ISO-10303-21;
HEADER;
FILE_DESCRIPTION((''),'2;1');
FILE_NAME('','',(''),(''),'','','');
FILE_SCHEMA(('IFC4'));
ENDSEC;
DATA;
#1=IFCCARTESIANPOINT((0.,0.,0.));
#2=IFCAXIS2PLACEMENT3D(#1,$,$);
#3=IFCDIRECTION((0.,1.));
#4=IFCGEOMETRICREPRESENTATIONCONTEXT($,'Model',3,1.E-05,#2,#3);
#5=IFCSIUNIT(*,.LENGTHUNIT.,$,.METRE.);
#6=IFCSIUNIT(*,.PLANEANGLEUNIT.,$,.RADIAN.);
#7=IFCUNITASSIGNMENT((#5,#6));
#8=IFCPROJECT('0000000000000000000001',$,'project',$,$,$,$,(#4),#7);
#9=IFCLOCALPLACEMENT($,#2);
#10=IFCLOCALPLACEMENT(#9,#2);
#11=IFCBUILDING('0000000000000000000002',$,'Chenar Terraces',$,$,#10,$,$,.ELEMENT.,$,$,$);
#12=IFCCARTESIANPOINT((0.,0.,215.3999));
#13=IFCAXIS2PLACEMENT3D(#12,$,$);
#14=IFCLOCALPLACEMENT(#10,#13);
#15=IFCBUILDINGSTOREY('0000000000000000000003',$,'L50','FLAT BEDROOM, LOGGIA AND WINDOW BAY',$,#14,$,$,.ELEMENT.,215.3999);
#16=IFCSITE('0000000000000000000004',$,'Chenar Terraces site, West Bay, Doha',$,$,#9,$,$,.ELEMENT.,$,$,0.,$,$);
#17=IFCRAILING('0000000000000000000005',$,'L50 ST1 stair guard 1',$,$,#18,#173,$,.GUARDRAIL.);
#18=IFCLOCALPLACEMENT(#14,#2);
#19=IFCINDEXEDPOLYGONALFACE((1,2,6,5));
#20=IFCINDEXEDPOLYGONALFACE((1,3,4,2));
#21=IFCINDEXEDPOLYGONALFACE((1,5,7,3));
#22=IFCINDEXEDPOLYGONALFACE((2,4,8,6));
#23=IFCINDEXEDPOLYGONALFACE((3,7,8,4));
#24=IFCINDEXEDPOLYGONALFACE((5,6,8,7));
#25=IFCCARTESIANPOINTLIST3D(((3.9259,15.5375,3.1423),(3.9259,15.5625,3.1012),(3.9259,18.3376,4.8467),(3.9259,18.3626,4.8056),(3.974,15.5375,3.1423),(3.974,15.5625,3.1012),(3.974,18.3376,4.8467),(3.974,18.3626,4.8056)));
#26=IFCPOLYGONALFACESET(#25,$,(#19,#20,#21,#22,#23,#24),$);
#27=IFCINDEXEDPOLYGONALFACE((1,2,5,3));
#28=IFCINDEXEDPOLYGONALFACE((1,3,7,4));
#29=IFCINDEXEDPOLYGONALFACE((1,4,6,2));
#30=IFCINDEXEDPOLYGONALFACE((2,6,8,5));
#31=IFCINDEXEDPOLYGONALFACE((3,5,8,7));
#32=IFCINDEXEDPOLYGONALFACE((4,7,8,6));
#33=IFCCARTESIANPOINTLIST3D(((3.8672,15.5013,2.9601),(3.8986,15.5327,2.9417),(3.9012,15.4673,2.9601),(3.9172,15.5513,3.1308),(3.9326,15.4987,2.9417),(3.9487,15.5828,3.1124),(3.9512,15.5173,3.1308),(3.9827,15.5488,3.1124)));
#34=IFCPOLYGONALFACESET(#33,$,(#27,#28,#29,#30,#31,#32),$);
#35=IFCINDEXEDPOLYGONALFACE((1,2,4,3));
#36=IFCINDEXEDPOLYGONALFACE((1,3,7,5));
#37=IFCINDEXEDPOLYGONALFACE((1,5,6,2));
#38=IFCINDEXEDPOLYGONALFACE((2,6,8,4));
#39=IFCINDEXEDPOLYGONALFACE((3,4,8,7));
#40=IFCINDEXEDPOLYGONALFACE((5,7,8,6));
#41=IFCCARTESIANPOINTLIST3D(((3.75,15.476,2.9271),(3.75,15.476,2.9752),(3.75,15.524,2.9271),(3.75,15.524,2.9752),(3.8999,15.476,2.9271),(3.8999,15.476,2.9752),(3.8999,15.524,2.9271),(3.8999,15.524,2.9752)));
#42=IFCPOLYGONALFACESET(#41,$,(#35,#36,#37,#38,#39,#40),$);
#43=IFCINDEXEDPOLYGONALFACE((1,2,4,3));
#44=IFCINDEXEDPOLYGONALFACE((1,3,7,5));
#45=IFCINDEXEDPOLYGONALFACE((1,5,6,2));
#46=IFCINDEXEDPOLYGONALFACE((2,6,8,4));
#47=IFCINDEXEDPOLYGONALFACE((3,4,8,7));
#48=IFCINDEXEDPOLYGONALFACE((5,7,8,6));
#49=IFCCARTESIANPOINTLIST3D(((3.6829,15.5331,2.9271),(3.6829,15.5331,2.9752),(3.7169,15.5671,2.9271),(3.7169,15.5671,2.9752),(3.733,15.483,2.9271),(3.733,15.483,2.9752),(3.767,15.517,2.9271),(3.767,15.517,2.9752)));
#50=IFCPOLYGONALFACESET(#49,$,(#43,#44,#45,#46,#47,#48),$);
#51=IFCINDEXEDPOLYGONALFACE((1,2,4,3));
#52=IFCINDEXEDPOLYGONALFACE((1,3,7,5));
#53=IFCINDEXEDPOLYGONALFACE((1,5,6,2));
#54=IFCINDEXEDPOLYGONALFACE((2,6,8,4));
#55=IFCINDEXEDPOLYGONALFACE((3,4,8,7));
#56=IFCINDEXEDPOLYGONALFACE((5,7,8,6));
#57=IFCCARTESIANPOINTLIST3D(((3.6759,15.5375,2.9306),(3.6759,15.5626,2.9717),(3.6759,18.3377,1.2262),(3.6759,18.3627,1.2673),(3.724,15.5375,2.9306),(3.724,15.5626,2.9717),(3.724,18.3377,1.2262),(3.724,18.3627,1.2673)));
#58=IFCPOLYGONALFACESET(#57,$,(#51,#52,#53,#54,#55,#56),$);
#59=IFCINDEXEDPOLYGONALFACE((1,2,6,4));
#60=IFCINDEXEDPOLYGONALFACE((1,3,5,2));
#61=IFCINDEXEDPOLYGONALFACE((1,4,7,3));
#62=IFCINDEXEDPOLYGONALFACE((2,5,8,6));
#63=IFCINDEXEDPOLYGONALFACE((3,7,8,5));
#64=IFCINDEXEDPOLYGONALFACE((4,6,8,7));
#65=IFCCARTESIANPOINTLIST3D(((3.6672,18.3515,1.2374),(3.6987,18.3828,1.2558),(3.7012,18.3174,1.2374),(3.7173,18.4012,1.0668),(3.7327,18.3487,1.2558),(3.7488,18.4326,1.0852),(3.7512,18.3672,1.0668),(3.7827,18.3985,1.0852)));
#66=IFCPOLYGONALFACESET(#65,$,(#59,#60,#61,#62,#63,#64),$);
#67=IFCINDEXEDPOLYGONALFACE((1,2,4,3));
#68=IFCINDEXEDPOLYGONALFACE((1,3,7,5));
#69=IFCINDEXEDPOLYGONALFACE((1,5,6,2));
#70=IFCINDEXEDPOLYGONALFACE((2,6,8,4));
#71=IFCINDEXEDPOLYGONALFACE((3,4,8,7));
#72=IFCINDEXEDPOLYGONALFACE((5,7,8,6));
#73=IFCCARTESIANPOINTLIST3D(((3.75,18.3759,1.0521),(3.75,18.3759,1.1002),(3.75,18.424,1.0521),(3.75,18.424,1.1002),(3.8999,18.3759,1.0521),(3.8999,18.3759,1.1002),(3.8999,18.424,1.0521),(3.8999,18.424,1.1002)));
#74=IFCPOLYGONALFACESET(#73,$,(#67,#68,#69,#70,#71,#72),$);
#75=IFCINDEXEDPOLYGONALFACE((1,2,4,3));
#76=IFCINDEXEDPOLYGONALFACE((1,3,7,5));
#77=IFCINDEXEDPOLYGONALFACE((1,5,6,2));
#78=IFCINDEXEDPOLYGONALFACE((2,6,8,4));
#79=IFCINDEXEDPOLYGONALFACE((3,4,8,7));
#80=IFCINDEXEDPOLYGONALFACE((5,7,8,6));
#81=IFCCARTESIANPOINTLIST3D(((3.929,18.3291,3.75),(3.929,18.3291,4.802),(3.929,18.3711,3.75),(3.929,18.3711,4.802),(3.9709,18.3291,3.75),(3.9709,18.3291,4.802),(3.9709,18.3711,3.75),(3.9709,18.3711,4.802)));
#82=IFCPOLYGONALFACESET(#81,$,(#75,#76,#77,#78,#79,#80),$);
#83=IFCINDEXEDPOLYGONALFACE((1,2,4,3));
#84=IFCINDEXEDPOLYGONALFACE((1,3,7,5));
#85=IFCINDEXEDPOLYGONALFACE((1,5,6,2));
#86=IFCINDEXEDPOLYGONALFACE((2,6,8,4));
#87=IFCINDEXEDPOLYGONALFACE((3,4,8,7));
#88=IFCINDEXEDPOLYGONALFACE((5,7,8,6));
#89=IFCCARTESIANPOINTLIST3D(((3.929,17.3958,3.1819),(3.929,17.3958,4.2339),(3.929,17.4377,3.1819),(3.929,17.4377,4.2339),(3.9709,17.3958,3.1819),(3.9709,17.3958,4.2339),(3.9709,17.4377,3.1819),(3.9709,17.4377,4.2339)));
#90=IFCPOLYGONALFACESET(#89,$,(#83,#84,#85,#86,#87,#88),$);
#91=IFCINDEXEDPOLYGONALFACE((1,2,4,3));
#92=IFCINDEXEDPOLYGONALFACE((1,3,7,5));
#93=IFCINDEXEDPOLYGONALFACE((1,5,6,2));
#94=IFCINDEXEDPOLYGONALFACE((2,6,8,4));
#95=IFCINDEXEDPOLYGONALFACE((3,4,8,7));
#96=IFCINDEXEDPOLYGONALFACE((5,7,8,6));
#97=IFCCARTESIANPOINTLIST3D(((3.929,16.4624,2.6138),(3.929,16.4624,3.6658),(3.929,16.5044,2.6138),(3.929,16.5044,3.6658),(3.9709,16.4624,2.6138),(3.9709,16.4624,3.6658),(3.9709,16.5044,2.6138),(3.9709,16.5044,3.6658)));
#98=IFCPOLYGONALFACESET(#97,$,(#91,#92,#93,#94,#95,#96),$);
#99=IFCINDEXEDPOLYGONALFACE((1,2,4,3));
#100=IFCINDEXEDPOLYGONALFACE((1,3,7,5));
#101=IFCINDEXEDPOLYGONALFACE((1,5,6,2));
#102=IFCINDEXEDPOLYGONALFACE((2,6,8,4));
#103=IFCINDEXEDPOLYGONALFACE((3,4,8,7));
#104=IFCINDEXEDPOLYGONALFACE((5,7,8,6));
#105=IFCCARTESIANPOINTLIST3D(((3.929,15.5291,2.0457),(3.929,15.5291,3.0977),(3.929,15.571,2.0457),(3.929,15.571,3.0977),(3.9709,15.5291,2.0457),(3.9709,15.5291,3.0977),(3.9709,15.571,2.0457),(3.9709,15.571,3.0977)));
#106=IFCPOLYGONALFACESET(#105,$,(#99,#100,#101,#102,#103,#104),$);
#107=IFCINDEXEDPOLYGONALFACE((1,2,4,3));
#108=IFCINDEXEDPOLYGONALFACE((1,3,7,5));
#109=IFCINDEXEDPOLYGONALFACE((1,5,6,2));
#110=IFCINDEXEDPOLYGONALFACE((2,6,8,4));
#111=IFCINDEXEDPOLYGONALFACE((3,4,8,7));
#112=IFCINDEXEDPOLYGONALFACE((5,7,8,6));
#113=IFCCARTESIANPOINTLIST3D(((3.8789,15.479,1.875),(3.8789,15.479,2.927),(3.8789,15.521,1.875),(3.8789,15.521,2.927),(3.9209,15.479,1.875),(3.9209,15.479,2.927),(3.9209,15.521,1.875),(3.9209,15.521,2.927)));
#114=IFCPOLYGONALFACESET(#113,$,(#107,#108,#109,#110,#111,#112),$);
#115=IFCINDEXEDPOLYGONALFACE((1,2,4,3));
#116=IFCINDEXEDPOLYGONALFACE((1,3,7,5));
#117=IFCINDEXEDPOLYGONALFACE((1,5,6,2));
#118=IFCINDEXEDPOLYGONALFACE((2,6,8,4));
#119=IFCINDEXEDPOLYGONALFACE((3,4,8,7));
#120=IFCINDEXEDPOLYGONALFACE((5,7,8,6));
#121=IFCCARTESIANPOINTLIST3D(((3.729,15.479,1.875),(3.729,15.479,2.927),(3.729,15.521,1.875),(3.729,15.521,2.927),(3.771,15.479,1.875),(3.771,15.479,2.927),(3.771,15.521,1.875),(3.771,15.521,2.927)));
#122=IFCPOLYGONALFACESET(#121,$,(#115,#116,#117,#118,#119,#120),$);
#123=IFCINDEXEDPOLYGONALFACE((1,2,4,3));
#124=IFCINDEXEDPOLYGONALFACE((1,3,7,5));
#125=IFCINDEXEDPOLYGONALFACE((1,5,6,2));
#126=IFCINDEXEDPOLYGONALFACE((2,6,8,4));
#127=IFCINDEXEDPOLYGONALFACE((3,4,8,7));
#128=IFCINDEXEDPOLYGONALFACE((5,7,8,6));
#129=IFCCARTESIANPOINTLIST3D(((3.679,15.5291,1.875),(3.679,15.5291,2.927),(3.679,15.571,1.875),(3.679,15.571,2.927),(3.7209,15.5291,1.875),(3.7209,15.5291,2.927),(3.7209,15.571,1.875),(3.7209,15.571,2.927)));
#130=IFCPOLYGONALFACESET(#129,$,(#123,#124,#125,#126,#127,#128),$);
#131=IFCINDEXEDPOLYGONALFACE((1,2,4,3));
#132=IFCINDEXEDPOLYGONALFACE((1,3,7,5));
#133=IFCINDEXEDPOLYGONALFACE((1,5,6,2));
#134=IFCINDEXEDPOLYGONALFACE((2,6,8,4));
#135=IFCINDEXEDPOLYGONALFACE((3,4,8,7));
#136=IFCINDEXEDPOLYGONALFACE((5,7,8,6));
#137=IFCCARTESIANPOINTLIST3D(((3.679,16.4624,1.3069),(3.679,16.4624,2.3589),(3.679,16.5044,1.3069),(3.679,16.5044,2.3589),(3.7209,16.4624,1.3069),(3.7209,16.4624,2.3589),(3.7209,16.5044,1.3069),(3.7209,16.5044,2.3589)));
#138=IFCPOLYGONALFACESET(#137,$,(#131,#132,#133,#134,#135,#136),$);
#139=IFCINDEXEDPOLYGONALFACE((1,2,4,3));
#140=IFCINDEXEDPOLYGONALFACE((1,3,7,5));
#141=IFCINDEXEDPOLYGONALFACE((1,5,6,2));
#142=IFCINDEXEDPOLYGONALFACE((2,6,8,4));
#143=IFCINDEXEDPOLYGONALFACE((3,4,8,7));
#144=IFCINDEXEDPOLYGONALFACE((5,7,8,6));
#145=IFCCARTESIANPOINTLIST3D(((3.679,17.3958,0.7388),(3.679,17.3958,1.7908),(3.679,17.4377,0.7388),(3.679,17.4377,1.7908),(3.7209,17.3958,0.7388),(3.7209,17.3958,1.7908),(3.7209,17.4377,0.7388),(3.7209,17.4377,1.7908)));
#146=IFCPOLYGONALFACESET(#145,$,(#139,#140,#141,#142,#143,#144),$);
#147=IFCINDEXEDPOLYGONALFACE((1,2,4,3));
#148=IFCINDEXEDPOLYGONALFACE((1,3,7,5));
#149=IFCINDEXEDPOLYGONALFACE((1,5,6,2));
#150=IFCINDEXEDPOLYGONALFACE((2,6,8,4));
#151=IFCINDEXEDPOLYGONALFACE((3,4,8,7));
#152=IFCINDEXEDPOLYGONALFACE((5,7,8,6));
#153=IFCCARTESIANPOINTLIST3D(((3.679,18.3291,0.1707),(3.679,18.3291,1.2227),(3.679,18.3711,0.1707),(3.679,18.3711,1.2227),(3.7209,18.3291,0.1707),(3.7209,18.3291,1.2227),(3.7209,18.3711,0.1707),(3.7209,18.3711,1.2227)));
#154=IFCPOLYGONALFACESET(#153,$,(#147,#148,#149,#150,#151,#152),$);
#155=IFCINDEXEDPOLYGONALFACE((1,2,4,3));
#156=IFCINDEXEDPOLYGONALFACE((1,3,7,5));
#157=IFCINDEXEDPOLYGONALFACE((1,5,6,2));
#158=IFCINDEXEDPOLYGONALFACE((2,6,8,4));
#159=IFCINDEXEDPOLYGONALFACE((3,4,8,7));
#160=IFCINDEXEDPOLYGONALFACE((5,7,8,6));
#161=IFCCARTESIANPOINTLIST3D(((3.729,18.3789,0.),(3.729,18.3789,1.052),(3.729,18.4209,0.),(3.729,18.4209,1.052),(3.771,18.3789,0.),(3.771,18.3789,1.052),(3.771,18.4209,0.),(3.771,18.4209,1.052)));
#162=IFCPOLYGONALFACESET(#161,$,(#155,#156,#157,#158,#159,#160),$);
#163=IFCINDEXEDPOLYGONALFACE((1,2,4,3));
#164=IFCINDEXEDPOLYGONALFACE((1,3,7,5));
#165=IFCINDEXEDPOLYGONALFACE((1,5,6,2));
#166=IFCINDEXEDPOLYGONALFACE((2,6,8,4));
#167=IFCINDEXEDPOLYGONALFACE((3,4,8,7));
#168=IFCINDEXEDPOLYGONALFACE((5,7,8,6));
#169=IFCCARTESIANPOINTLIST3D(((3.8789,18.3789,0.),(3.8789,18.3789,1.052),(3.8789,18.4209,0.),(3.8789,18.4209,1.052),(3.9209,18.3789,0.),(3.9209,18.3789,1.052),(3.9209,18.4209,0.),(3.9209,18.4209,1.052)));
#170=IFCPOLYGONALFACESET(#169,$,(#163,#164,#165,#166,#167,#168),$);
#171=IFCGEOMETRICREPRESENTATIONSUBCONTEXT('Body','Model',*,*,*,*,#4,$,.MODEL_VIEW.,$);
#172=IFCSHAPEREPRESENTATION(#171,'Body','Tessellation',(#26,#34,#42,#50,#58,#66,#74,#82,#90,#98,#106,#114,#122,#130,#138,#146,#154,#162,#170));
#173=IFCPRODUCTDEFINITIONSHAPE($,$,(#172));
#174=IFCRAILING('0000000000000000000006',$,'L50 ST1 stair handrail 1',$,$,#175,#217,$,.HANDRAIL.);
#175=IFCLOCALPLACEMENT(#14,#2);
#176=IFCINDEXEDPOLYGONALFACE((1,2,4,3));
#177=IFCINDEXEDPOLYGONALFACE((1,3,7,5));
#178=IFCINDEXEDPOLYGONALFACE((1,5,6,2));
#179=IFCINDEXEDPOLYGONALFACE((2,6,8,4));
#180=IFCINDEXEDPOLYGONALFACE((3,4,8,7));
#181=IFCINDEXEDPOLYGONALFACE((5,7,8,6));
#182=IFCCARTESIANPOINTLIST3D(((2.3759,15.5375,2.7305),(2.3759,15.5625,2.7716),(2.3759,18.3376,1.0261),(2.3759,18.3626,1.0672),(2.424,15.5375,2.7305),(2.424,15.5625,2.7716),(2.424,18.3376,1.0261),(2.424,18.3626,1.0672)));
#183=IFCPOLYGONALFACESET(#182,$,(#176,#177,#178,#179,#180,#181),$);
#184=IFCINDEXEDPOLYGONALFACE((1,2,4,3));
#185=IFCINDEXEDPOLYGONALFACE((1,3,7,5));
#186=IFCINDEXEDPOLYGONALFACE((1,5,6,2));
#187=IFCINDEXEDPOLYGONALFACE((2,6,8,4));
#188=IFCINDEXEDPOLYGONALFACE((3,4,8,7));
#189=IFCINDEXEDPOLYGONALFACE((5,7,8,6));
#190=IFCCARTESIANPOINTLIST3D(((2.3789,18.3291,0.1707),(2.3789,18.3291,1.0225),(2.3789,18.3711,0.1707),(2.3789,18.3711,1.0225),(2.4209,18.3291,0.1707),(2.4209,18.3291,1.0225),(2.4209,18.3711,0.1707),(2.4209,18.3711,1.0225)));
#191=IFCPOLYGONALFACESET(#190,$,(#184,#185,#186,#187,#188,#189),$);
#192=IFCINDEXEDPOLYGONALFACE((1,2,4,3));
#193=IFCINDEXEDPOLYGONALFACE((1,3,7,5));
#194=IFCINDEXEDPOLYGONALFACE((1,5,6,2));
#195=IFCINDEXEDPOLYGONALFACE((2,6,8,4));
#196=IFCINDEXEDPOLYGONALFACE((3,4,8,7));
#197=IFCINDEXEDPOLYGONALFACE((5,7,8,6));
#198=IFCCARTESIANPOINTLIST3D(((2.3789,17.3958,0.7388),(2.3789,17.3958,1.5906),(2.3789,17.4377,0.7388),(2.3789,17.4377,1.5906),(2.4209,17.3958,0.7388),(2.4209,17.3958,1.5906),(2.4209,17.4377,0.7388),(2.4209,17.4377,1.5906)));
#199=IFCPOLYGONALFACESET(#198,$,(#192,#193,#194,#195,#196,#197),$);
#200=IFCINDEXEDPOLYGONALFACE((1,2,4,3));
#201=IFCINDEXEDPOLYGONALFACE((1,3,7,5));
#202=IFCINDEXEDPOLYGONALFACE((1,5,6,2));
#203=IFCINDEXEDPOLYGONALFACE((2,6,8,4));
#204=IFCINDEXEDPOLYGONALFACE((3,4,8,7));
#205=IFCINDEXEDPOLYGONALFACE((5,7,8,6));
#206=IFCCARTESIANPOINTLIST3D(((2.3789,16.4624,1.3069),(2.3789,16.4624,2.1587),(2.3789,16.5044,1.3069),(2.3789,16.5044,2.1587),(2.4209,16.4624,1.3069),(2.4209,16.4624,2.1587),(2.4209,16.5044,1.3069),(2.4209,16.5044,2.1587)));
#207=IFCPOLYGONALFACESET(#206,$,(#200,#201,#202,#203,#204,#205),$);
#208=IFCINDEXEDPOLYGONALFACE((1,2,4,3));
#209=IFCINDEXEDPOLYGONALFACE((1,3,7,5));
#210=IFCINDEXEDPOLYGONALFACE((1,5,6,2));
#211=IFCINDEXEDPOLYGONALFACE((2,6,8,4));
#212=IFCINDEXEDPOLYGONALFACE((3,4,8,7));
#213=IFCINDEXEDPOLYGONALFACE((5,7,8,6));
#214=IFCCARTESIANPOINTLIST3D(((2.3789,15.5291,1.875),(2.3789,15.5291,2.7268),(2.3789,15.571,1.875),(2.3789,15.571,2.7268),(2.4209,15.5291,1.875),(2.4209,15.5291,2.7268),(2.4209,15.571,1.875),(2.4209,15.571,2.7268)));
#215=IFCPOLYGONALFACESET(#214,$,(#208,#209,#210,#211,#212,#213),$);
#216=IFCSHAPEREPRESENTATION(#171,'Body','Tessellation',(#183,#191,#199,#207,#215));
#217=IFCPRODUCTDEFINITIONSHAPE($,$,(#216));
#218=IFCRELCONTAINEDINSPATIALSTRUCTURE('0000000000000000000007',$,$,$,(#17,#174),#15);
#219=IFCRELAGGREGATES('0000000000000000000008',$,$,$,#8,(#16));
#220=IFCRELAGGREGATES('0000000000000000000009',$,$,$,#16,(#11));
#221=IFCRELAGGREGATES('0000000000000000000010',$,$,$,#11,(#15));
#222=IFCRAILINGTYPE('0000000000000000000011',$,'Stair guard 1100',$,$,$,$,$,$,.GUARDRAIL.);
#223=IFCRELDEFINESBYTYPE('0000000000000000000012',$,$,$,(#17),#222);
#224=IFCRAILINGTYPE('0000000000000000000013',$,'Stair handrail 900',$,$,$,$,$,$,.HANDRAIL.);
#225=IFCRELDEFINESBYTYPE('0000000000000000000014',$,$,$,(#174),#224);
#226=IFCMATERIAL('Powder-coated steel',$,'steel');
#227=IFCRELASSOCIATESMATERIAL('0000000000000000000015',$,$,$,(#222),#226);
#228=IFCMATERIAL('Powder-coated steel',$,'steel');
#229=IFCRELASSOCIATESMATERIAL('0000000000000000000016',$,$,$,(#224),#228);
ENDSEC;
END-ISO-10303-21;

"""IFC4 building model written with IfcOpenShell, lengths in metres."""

from ifc_helpers import new_model, si_unit, direction, frame, origin, origin_2d, place, context, subcontext, project, spatial, rectangle, extrude, material, type_object, element, save


model = new_model("IFC4")

# Units and contexts
model_context = context("Model", 3, precision=1e-05, world=origin(), true_north=direction((0.0, 1.0)))
body_context = subcontext(model_context, "Body", "Model", "MODEL_VIEW")
ifc_project = project(units=[si_unit("LENGTHUNIT", "METRE"), si_unit("PLANEANGLEUNIT", "RADIAN")], contexts=[model_context])

# Site, building, storey
site_placement = place(None, origin())
site = spatial("IfcSite", under=ifc_project, at=site_placement, Name="Chenar Terraces site, West Bay, Doha", CompositionType="ELEMENT", RefElevation=0.0)
building_placement = place(site_placement, origin())
building = spatial("IfcBuilding", under=site, at=building_placement, Name="Chenar Terraces", CompositionType="ELEMENT")
storey_placement = place(building_placement, frame((0.0, 0.0, 215.3999)))
storey = spatial("IfcBuildingStorey", under=building, at=storey_placement, Name="L50", Description="FLAT BEDROOM, LOGGIA AND WINDOW BAY", CompositionType="ELEMENT", Elevation=215.3999)

# Railings
ifc_material_1 = material(Name="Powder-coated steel", Category="steel")
railing_type_1 = type_object("IfcRailingType", Name="Stair guard 1100", PredefinedType="GUARDRAIL", material=ifc_material_1)
railing_1_placement = place(storey_placement, frame((3.95, 18.3501, 3.75)))
element("IfcRailing", 1, at=railing_1_placement, inside=storey, type_object=railing_type_1, Name="L50 ST1 stair guard 1", PredefinedType="GUARDRAIL", context=body_context, shape_type="SweptSolid", body=[
    extrude(rectangle(XDim=0.0481, YDim=0.0481, at=origin_2d()), frame((0.0, 0.0, 1.0762), z_axis=(0.0, -0.854203, -0.51994), x_axis=(1.0, 0.0, 0.0)), (0.0, 0.0, 1.0), 3.2781),
    extrude(rectangle(XDim=0.0481, YDim=0.0481, at=origin_2d()), frame((0.0, -2.8, -0.6284), z_axis=(-0.2709, -0.2709, -0.923703), x_axis=(0.707107, -0.707107, 0.0)), (0.0, 0.0, 1.0), 0.1848),
    extrude(rectangle(XDim=0.0481, YDim=0.0481, at=origin_2d()), frame((-0.05, -2.8501, -0.7988), z_axis=(-1.0, 0.0, 0.0), x_axis=(0.0, -1.0, 0.0)), (0.0, 0.0, 1.0), 0.1499),
    extrude(rectangle(XDim=0.0481, YDim=0.0481, at=origin_2d()), frame((-0.2, -2.8501, -0.7988), z_axis=(-0.707107, 0.707107, 0.0), x_axis=(-0.707107, -0.707107, 0.0)), (0.0, 0.0, 1.0), 0.0708),
    extrude(rectangle(XDim=0.0481, YDim=0.0481, at=origin_2d()), frame((-0.25, -2.8, -0.7988), z_axis=(0.0, 0.854203, -0.51994), x_axis=(-1.0, 0.0, 0.0)), (0.0, 0.0, 1.0), 3.2781),
    extrude(rectangle(XDim=0.0481, YDim=0.0481, at=origin_2d()), frame((-0.25, 0.0, -2.5034), z_axis=(0.270997, 0.269675, -0.924033), x_axis=(-0.705376, 0.708834, 0.0)), (0.0, 0.0, 1.0), 0.1846),
    extrude(rectangle(XDim=0.0481, YDim=0.0481, at=origin_2d()), frame((-0.2, 0.0498, -2.6738), z_axis=(1.0, 0.0, 0.0), x_axis=(0.0, 1.0, 0.0)), (0.0, 0.0, 1.0), 0.1499),
    extrude(rectangle(XDim=0.042, YDim=0.042, at=origin_2d()), origin(), (0.0, 0.0, 1.0), 1.052),
    extrude(rectangle(XDim=0.042, YDim=0.042, at=origin_2d()), frame((0.0, -0.9333, -0.5681)), (0.0, 0.0, 1.0), 1.052),
    extrude(rectangle(XDim=0.042, YDim=0.042, at=origin_2d()), frame((0.0, -1.8667, -1.1362)), (0.0, 0.0, 1.0), 1.052),
    extrude(rectangle(XDim=0.042, YDim=0.042, at=origin_2d()), frame((0.0, -2.8, -1.7043)), (0.0, 0.0, 1.0), 1.052),
    extrude(rectangle(XDim=0.042, YDim=0.042, at=origin_2d()), frame((-0.05, -2.8501, -1.875)), (0.0, 0.0, 1.0), 1.052),
    extrude(rectangle(XDim=0.042, YDim=0.042, at=origin_2d()), frame((-0.2, -2.8501, -1.875)), (0.0, 0.0, 1.0), 1.052),
    extrude(rectangle(XDim=0.042, YDim=0.042, at=origin_2d()), frame((-0.25, -2.8, -1.875)), (0.0, 0.0, 1.0), 1.052),
    extrude(rectangle(XDim=0.042, YDim=0.042, at=origin_2d()), frame((-0.25, -1.8667, -2.4431)), (0.0, 0.0, 1.0), 1.052),
    extrude(rectangle(XDim=0.042, YDim=0.042, at=origin_2d()), frame((-0.25, -0.9333, -3.0112)), (0.0, 0.0, 1.0), 1.052),
    extrude(rectangle(XDim=0.042, YDim=0.042, at=origin_2d()), frame((-0.25, 0.0, -3.5793)), (0.0, 0.0, 1.0), 1.052),
    extrude(rectangle(XDim=0.042, YDim=0.042, at=origin_2d()), frame((-0.2, 0.0498, -3.75)), (0.0, 0.0, 1.0), 1.052),
    extrude(rectangle(XDim=0.042, YDim=0.042, at=origin_2d()), frame((-0.05, 0.0498, -3.75)), (0.0, 0.0, 1.0), 1.052),
])
ifc_material_2 = material(Name="Powder-coated steel", Category="steel")
railing_type_2 = type_object("IfcRailingType", Name="Stair handrail 900", PredefinedType="HANDRAIL", material=ifc_material_2)
railing_2_placement = place(storey_placement, frame((2.3999, 18.3501, 0.1707)))
element("IfcRailing", 2, at=railing_2_placement, inside=storey, type_object=railing_type_2, Name="L50 ST1 stair handrail 1", PredefinedType="HANDRAIL", context=body_context, shape_type="SweptSolid", body=[
    extrude(rectangle(XDim=0.0481, YDim=0.0481, at=origin_2d()), frame((0.0, 0.0, 0.876), z_axis=(0.0, -0.854203, 0.51994), x_axis=(1.0, 0.0, 0.0)), (0.0, 0.0, 1.0), 3.2781),
    extrude(rectangle(XDim=0.042, YDim=0.042, at=origin_2d()), origin(), (0.0, 0.0, 1.0), 0.8518),
    extrude(rectangle(XDim=0.042, YDim=0.042, at=origin_2d()), frame((0.0, -0.9333, 0.5681)), (0.0, 0.0, 1.0), 0.8518),
    extrude(rectangle(XDim=0.042, YDim=0.042, at=origin_2d()), frame((0.0, -1.8667, 1.1362)), (0.0, 0.0, 1.0), 0.8518),
    extrude(rectangle(XDim=0.042, YDim=0.042, at=origin_2d()), frame((0.0, -2.8, 1.7043)), (0.0, 0.0, 1.0), 0.8518),
])

save(model, "model.ifc")
